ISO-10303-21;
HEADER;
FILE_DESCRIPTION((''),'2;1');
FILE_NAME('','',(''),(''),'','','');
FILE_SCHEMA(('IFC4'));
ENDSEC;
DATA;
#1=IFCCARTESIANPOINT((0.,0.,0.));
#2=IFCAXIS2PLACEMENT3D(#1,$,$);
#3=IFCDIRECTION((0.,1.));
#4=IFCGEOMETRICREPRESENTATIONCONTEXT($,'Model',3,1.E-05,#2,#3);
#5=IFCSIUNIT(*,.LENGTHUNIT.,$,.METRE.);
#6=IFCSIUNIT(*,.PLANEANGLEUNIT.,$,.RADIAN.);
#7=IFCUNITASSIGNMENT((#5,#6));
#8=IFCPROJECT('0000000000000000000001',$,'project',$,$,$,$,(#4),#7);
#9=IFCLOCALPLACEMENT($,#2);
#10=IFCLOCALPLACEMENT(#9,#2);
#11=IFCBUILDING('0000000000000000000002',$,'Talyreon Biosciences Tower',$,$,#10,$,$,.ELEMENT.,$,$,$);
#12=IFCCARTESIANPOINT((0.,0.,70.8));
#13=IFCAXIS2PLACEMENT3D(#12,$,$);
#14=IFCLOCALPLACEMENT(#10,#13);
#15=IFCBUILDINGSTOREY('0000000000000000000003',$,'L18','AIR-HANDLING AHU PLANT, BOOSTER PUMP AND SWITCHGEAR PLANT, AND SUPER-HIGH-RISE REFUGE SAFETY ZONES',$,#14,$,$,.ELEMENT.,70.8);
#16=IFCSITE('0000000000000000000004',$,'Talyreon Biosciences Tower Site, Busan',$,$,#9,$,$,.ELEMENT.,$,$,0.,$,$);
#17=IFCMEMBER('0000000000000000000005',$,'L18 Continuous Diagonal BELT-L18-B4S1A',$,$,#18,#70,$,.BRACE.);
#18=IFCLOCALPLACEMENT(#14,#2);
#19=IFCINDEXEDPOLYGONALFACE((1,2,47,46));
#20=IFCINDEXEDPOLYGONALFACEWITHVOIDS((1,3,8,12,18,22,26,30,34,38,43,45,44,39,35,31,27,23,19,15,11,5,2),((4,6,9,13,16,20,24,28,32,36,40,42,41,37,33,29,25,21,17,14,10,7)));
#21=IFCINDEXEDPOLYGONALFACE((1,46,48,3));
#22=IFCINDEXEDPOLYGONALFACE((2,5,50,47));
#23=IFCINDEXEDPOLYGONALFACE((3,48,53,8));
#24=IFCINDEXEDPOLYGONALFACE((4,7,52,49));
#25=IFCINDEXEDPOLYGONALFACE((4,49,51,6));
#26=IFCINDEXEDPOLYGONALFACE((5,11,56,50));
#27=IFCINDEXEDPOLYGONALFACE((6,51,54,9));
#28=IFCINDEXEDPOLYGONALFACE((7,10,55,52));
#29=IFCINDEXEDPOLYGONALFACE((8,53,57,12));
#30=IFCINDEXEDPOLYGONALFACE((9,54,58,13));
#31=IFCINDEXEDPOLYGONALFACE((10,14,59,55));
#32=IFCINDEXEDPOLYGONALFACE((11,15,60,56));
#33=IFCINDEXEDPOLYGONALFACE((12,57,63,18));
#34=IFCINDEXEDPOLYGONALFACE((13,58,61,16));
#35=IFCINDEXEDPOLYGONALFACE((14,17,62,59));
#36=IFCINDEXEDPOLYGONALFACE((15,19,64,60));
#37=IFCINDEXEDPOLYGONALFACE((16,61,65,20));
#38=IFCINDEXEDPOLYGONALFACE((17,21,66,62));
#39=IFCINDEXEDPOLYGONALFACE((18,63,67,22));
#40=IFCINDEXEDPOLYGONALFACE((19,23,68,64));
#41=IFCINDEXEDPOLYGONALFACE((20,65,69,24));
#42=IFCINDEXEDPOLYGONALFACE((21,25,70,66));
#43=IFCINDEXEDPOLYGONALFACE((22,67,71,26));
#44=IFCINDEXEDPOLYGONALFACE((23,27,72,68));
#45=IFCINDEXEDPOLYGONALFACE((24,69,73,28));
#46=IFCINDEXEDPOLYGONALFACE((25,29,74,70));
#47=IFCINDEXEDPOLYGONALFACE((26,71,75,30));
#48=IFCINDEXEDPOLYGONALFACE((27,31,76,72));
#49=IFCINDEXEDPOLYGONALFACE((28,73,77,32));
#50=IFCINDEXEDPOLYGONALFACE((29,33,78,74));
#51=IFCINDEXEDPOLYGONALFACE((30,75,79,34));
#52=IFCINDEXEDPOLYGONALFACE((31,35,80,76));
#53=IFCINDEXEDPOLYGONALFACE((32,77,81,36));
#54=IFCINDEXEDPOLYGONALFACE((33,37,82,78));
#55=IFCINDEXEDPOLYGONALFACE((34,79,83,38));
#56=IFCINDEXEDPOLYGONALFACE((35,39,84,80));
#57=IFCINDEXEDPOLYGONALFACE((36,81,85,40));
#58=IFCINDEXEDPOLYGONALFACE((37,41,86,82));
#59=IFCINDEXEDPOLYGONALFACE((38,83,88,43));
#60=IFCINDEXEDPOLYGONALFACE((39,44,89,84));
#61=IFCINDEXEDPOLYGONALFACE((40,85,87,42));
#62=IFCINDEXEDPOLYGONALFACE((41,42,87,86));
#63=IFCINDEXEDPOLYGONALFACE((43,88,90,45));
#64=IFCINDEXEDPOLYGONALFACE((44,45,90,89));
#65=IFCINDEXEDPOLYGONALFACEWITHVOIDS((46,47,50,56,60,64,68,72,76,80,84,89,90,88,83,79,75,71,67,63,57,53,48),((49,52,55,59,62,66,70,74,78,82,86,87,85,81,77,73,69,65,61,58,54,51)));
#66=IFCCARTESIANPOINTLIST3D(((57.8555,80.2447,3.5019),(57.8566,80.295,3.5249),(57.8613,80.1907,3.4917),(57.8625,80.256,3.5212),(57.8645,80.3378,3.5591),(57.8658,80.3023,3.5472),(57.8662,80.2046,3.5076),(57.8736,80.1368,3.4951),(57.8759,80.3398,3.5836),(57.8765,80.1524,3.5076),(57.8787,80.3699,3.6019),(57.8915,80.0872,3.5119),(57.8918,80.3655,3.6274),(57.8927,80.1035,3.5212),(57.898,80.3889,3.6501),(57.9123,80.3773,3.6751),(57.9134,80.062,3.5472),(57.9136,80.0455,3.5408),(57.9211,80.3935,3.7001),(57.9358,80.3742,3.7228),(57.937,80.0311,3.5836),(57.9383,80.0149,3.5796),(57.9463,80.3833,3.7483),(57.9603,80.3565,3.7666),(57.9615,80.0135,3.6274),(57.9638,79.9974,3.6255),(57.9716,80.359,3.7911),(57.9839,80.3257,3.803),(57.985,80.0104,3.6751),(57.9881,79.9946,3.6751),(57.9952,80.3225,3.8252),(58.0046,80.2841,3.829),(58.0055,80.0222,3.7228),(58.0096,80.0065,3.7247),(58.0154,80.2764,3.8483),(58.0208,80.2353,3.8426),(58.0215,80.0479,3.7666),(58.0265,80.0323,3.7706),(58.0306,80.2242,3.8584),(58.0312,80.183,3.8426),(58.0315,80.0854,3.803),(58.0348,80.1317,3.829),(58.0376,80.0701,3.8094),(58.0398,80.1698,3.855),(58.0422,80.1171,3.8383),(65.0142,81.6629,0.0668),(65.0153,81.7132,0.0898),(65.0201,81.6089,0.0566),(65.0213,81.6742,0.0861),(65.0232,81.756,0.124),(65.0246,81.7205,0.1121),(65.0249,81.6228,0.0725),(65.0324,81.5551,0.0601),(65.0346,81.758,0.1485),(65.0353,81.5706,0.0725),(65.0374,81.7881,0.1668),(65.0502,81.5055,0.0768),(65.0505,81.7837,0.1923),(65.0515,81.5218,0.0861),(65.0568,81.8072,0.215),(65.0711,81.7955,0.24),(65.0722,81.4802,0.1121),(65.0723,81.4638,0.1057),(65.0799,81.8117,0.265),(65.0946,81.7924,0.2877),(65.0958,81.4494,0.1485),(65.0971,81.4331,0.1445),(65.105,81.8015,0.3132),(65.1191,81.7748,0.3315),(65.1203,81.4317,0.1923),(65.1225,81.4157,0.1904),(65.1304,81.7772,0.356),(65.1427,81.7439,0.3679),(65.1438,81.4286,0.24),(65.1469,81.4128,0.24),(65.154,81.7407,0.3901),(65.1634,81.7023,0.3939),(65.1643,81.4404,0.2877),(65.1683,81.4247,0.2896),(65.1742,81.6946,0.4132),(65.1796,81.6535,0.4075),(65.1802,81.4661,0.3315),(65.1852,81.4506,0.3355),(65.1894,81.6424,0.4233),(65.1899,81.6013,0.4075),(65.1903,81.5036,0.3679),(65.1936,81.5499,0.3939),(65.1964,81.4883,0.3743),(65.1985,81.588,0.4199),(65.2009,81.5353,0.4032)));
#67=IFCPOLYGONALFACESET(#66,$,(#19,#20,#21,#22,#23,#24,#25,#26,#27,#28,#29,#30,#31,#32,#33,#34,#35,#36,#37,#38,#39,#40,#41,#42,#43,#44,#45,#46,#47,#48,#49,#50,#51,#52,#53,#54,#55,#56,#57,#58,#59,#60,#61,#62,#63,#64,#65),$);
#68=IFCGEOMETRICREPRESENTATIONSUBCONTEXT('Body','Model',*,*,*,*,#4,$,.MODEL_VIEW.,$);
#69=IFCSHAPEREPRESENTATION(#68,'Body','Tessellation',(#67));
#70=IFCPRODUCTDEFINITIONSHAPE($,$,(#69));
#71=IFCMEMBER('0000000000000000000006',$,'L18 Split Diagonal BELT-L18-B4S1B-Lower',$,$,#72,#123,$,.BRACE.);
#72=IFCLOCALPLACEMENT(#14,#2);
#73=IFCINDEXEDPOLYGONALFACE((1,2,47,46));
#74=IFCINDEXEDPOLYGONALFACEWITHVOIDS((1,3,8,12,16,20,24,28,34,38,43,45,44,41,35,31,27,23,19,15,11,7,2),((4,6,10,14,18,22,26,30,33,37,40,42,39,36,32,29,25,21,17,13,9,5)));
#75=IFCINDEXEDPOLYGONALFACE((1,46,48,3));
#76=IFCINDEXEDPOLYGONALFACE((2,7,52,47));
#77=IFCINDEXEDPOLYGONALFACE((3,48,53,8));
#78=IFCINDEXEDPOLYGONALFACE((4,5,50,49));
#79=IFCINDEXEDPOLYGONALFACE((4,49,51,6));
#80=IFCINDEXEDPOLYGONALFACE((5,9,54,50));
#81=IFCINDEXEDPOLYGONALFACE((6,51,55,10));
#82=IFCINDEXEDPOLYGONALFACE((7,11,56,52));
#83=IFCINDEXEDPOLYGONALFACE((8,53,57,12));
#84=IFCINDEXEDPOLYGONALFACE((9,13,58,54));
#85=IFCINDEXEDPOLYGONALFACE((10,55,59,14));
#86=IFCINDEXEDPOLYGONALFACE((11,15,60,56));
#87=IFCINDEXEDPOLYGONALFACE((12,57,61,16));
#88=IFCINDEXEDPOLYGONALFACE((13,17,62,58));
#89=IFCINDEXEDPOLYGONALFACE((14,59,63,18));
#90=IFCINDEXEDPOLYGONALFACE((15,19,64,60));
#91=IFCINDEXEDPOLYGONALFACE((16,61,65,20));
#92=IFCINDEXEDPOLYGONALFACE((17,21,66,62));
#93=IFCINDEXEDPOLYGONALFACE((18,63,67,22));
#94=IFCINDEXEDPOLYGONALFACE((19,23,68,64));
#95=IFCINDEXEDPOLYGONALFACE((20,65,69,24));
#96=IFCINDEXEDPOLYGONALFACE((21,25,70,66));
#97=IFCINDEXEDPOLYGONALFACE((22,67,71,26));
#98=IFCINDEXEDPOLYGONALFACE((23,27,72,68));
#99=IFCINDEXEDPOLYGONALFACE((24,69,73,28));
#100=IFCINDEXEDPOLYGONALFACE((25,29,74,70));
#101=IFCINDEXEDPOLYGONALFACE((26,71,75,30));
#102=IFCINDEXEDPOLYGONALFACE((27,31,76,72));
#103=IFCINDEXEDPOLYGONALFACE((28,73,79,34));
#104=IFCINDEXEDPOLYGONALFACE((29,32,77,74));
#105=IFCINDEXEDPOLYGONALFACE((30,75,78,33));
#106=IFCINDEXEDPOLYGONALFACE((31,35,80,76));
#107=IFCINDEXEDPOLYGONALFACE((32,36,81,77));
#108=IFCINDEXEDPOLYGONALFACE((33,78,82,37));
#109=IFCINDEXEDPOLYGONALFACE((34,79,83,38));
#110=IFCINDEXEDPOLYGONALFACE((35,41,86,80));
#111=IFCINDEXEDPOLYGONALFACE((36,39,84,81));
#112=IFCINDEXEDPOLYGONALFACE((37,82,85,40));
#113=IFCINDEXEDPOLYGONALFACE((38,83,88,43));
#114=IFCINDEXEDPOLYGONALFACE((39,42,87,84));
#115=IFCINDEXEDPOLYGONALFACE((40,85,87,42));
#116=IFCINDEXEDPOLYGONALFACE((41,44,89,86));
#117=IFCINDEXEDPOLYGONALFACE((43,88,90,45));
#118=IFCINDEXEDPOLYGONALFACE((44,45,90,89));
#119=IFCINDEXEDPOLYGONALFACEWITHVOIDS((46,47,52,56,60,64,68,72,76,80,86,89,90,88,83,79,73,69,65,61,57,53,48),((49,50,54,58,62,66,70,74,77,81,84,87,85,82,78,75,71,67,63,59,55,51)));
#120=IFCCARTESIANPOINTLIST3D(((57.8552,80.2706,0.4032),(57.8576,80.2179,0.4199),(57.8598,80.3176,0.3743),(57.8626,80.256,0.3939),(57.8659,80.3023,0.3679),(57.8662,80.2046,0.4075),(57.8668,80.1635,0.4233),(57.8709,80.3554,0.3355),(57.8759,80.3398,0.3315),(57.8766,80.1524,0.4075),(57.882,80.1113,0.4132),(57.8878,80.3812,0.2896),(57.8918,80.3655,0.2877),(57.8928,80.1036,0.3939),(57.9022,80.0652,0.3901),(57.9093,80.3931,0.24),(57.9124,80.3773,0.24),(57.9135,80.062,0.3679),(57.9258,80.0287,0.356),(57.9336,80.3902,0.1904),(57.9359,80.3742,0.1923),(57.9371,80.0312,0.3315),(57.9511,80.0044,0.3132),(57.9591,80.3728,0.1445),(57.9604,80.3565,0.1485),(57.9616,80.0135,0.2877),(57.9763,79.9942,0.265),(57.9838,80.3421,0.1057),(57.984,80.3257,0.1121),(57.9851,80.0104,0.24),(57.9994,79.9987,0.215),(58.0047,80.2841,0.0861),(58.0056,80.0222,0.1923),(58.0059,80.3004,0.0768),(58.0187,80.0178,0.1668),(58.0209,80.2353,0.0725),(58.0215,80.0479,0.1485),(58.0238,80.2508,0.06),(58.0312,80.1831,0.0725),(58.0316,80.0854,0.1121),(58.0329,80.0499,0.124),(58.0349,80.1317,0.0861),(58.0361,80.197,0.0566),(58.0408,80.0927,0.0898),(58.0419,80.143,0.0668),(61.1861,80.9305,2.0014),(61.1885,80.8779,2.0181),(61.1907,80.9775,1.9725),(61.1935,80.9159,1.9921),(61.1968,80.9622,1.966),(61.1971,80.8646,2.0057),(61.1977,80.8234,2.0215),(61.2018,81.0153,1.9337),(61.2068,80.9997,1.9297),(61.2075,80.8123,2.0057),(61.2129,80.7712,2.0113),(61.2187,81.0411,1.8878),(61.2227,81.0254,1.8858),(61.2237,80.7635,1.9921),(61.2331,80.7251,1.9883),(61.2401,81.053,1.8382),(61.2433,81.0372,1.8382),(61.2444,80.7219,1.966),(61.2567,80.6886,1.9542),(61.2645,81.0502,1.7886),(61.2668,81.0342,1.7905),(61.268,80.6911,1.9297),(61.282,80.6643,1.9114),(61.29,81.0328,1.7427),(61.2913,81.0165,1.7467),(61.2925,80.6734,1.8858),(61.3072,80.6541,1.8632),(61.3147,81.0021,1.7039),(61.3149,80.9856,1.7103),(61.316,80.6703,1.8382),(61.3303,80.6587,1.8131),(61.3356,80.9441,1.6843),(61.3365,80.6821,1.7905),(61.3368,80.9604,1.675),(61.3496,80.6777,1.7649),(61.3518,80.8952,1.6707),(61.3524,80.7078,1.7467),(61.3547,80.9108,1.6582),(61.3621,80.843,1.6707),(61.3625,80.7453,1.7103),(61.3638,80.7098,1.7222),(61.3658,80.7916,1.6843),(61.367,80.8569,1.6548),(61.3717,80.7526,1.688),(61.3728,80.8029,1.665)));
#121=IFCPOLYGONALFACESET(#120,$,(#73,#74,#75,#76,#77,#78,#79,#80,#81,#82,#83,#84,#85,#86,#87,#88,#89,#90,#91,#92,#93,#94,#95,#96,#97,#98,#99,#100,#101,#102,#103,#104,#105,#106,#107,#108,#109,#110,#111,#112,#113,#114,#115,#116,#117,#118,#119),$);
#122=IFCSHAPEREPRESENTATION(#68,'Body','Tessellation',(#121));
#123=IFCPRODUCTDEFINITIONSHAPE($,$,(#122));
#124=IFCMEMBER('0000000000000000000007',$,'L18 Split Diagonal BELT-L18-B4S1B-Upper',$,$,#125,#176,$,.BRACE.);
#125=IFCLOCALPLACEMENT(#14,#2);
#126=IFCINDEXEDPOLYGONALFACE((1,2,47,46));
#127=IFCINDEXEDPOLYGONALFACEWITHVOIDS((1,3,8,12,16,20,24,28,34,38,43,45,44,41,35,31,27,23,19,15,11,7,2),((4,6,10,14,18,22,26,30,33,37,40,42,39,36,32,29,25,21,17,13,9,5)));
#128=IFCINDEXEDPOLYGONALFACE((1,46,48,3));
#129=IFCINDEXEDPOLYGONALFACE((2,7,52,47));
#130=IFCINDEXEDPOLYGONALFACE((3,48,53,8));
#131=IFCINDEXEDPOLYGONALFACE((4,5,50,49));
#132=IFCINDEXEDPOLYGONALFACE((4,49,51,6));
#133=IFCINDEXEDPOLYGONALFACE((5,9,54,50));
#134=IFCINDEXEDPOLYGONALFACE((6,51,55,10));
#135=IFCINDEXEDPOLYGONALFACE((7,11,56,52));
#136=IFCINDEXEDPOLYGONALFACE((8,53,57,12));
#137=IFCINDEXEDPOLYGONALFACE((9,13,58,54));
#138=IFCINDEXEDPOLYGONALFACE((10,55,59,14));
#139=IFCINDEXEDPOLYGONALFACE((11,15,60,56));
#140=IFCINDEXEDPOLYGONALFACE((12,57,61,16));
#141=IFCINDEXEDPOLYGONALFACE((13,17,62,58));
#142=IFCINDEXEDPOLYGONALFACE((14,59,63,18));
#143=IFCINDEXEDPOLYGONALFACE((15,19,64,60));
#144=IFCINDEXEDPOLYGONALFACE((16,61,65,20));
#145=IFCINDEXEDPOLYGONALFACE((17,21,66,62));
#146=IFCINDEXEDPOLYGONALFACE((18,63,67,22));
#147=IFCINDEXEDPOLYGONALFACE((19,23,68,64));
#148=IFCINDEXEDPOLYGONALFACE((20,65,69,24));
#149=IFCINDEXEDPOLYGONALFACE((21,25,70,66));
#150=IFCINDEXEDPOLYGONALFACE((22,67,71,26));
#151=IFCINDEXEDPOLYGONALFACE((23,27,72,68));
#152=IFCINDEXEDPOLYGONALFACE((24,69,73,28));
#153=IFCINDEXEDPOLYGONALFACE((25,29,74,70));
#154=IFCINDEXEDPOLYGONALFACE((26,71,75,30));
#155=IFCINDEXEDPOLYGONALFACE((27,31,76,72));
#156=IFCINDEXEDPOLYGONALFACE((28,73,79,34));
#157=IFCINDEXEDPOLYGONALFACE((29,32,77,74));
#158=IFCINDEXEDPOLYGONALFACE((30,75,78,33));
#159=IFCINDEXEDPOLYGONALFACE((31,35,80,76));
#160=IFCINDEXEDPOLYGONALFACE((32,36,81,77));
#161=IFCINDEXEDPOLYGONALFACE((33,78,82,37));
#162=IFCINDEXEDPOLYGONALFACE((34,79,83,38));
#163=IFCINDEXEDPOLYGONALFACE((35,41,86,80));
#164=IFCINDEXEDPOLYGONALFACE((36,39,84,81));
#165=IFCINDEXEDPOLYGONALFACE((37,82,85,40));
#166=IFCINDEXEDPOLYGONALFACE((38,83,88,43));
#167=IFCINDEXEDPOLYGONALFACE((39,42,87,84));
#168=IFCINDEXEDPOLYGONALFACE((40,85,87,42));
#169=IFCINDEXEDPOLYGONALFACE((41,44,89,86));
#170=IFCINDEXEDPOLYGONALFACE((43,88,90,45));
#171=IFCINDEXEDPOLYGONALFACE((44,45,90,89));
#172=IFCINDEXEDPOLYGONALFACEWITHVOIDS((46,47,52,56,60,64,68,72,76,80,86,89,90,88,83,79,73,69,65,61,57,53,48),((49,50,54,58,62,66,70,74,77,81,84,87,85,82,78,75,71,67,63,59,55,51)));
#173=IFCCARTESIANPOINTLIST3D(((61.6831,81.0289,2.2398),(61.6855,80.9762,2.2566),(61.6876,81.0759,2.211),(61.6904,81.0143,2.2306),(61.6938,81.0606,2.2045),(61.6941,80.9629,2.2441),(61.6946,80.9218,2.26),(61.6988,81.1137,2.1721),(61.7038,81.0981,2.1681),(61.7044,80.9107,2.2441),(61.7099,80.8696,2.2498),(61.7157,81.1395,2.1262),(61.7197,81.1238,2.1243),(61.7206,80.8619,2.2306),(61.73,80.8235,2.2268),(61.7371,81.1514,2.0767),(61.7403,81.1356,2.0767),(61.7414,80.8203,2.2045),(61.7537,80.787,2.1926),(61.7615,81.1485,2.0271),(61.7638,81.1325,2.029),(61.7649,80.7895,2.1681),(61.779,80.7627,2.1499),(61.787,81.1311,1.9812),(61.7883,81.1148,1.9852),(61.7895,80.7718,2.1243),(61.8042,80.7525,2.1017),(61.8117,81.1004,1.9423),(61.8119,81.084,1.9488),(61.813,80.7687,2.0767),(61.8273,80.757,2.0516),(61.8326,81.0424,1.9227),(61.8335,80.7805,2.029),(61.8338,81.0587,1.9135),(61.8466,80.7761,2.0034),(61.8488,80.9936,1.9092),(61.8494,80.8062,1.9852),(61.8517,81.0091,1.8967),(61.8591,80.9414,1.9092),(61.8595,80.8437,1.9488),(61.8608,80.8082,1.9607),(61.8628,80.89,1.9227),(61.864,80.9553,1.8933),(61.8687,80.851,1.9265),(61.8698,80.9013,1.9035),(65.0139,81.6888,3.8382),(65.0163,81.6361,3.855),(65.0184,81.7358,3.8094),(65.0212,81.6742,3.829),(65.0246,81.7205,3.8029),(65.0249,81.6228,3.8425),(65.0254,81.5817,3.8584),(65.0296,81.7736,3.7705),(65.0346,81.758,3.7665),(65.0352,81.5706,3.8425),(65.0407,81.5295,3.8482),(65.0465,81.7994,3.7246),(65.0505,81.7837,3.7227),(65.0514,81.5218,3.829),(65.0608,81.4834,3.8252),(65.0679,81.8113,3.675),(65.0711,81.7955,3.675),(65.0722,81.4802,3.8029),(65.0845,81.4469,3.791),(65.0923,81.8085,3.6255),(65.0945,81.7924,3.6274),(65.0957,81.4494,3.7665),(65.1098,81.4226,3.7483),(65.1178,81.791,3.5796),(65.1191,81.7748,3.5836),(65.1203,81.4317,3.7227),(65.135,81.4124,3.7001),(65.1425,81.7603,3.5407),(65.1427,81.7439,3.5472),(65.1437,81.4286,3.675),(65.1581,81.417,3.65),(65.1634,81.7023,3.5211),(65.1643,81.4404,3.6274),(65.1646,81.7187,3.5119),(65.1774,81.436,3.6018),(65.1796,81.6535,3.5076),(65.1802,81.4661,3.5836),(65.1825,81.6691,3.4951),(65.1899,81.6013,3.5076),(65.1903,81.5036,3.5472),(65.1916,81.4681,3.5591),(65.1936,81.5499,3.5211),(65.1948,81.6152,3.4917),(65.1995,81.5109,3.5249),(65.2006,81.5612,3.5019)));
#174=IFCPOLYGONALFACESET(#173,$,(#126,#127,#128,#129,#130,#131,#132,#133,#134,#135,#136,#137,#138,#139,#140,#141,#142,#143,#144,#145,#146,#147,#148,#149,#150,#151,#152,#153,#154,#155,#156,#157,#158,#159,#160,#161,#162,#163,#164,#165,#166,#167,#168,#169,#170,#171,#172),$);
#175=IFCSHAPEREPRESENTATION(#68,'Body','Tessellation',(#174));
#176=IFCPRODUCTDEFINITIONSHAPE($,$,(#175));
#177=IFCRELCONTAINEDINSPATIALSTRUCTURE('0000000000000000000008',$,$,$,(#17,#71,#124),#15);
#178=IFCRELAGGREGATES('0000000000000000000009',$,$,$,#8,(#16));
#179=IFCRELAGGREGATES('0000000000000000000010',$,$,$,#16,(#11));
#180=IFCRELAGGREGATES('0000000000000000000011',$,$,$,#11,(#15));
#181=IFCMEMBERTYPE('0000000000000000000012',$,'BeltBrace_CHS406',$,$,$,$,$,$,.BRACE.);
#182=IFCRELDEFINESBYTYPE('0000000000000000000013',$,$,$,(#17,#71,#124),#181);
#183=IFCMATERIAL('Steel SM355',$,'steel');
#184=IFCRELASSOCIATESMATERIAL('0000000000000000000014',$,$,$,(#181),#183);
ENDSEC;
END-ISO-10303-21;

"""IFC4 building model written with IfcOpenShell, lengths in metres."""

from ifc_helpers import new_model, si_unit, direction, frame, origin, origin_2d, place, context, subcontext, project, spatial, hollow_circle, extrude, material, material_profile, profile_set, type_object, element, save


model = new_model("IFC4")

# Units and contexts
model_context = context("Model", 3, precision=1e-05, world=origin(), true_north=direction((0.0, 1.0)))
body_context = subcontext(model_context, "Body", "Model", "MODEL_VIEW")
ifc_project = project(units=[si_unit("LENGTHUNIT", "METRE"), si_unit("PLANEANGLEUNIT", "RADIAN")], contexts=[model_context])

# Site, building, storey
site_placement = place(None, origin())
site = spatial("IfcSite", under=ifc_project, at=site_placement, Name="Talyreon Biosciences Tower Site, Busan", CompositionType="ELEMENT", RefElevation=0.0)
building_placement = place(site_placement, origin())
building = spatial("IfcBuilding", under=site, at=building_placement, Name="Talyreon Biosciences Tower", CompositionType="ELEMENT")
storey_placement = place(building_placement, frame((0.0, 0.0, 70.8)))
storey = spatial("IfcBuildingStorey", under=building, at=storey_placement, Name="L18", Description="AIR-HANDLING AHU PLANT, BOOSTER PUMP AND SWITCHGEAR PLANT, AND SUPER-HIGH-RISE REFUGE SAFETY ZONES", CompositionType="ELEMENT", Elevation=70.8)

# Members
ifc_material_1 = material(Name="Steel SM355", Category="steel")
ifc_material_profile_1 = material_profile(ifc_material_1, hollow_circle(Radius=0.2031, WallThickness=0.0161, at=origin_2d()), Name="CHS 406.4x16")
ifc_profile_set_1 = profile_set([ifc_material_profile_1], Name="Steel SM355")
member_type_1 = type_object("IfcMemberType", Name="BeltBrace_CHS406", PredefinedType="BRACE", material=ifc_profile_set_1)
member_1_placement = place(storey_placement, frame((65.1074, 81.6121, 0.24), z_axis=(-0.887532, -0.175829, 0.425877), x_axis=(0.194334, -0.980935, 0.0)))
element("IfcMember", 1, at=member_1_placement, inside=storey, type_object=member_type_1, Name="L18 Continuous Diagonal BELT-L18-B4S1A", PredefinedType="BRACE", context=body_context, shape_type="SweptSolid", body=[
    extrude(hollow_circle(Radius=0.2031, WallThickness=0.0161, at=origin_2d()), origin(), (0.0, 0.0, 1.0), 8.0659),
])
for number, where, z_axis, x_axis, name in (
    (2, (57.9487, 80.1938, 0.24), (0.887543, 0.175843, 0.425849), (-0.194346, 0.980933, 0.0), "L18 Split Diagonal BELT-L18-B4S1B-Lower"),
    (3, (61.7766, 80.9521, 2.0767), (0.887518, 0.175838, 0.425902), (-0.194346, 0.980933, 0.0), "L18 Split Diagonal BELT-L18-B4S1B-Upper"),
):
    element("IfcMember", number, at=place(storey_placement, frame(where, z_axis=z_axis, x_axis=x_axis)), inside=storey, type_object=member_type_1, Name=name, PredefinedType="BRACE", context=body_context, shape_type="SweptSolid", body=[
        extrude(hollow_circle(Radius=0.2031, WallThickness=0.0161, at=origin_2d()), origin(), (0.0, 0.0, 1.0), 3.7529),
    ])

save(model, "model.ifc")
